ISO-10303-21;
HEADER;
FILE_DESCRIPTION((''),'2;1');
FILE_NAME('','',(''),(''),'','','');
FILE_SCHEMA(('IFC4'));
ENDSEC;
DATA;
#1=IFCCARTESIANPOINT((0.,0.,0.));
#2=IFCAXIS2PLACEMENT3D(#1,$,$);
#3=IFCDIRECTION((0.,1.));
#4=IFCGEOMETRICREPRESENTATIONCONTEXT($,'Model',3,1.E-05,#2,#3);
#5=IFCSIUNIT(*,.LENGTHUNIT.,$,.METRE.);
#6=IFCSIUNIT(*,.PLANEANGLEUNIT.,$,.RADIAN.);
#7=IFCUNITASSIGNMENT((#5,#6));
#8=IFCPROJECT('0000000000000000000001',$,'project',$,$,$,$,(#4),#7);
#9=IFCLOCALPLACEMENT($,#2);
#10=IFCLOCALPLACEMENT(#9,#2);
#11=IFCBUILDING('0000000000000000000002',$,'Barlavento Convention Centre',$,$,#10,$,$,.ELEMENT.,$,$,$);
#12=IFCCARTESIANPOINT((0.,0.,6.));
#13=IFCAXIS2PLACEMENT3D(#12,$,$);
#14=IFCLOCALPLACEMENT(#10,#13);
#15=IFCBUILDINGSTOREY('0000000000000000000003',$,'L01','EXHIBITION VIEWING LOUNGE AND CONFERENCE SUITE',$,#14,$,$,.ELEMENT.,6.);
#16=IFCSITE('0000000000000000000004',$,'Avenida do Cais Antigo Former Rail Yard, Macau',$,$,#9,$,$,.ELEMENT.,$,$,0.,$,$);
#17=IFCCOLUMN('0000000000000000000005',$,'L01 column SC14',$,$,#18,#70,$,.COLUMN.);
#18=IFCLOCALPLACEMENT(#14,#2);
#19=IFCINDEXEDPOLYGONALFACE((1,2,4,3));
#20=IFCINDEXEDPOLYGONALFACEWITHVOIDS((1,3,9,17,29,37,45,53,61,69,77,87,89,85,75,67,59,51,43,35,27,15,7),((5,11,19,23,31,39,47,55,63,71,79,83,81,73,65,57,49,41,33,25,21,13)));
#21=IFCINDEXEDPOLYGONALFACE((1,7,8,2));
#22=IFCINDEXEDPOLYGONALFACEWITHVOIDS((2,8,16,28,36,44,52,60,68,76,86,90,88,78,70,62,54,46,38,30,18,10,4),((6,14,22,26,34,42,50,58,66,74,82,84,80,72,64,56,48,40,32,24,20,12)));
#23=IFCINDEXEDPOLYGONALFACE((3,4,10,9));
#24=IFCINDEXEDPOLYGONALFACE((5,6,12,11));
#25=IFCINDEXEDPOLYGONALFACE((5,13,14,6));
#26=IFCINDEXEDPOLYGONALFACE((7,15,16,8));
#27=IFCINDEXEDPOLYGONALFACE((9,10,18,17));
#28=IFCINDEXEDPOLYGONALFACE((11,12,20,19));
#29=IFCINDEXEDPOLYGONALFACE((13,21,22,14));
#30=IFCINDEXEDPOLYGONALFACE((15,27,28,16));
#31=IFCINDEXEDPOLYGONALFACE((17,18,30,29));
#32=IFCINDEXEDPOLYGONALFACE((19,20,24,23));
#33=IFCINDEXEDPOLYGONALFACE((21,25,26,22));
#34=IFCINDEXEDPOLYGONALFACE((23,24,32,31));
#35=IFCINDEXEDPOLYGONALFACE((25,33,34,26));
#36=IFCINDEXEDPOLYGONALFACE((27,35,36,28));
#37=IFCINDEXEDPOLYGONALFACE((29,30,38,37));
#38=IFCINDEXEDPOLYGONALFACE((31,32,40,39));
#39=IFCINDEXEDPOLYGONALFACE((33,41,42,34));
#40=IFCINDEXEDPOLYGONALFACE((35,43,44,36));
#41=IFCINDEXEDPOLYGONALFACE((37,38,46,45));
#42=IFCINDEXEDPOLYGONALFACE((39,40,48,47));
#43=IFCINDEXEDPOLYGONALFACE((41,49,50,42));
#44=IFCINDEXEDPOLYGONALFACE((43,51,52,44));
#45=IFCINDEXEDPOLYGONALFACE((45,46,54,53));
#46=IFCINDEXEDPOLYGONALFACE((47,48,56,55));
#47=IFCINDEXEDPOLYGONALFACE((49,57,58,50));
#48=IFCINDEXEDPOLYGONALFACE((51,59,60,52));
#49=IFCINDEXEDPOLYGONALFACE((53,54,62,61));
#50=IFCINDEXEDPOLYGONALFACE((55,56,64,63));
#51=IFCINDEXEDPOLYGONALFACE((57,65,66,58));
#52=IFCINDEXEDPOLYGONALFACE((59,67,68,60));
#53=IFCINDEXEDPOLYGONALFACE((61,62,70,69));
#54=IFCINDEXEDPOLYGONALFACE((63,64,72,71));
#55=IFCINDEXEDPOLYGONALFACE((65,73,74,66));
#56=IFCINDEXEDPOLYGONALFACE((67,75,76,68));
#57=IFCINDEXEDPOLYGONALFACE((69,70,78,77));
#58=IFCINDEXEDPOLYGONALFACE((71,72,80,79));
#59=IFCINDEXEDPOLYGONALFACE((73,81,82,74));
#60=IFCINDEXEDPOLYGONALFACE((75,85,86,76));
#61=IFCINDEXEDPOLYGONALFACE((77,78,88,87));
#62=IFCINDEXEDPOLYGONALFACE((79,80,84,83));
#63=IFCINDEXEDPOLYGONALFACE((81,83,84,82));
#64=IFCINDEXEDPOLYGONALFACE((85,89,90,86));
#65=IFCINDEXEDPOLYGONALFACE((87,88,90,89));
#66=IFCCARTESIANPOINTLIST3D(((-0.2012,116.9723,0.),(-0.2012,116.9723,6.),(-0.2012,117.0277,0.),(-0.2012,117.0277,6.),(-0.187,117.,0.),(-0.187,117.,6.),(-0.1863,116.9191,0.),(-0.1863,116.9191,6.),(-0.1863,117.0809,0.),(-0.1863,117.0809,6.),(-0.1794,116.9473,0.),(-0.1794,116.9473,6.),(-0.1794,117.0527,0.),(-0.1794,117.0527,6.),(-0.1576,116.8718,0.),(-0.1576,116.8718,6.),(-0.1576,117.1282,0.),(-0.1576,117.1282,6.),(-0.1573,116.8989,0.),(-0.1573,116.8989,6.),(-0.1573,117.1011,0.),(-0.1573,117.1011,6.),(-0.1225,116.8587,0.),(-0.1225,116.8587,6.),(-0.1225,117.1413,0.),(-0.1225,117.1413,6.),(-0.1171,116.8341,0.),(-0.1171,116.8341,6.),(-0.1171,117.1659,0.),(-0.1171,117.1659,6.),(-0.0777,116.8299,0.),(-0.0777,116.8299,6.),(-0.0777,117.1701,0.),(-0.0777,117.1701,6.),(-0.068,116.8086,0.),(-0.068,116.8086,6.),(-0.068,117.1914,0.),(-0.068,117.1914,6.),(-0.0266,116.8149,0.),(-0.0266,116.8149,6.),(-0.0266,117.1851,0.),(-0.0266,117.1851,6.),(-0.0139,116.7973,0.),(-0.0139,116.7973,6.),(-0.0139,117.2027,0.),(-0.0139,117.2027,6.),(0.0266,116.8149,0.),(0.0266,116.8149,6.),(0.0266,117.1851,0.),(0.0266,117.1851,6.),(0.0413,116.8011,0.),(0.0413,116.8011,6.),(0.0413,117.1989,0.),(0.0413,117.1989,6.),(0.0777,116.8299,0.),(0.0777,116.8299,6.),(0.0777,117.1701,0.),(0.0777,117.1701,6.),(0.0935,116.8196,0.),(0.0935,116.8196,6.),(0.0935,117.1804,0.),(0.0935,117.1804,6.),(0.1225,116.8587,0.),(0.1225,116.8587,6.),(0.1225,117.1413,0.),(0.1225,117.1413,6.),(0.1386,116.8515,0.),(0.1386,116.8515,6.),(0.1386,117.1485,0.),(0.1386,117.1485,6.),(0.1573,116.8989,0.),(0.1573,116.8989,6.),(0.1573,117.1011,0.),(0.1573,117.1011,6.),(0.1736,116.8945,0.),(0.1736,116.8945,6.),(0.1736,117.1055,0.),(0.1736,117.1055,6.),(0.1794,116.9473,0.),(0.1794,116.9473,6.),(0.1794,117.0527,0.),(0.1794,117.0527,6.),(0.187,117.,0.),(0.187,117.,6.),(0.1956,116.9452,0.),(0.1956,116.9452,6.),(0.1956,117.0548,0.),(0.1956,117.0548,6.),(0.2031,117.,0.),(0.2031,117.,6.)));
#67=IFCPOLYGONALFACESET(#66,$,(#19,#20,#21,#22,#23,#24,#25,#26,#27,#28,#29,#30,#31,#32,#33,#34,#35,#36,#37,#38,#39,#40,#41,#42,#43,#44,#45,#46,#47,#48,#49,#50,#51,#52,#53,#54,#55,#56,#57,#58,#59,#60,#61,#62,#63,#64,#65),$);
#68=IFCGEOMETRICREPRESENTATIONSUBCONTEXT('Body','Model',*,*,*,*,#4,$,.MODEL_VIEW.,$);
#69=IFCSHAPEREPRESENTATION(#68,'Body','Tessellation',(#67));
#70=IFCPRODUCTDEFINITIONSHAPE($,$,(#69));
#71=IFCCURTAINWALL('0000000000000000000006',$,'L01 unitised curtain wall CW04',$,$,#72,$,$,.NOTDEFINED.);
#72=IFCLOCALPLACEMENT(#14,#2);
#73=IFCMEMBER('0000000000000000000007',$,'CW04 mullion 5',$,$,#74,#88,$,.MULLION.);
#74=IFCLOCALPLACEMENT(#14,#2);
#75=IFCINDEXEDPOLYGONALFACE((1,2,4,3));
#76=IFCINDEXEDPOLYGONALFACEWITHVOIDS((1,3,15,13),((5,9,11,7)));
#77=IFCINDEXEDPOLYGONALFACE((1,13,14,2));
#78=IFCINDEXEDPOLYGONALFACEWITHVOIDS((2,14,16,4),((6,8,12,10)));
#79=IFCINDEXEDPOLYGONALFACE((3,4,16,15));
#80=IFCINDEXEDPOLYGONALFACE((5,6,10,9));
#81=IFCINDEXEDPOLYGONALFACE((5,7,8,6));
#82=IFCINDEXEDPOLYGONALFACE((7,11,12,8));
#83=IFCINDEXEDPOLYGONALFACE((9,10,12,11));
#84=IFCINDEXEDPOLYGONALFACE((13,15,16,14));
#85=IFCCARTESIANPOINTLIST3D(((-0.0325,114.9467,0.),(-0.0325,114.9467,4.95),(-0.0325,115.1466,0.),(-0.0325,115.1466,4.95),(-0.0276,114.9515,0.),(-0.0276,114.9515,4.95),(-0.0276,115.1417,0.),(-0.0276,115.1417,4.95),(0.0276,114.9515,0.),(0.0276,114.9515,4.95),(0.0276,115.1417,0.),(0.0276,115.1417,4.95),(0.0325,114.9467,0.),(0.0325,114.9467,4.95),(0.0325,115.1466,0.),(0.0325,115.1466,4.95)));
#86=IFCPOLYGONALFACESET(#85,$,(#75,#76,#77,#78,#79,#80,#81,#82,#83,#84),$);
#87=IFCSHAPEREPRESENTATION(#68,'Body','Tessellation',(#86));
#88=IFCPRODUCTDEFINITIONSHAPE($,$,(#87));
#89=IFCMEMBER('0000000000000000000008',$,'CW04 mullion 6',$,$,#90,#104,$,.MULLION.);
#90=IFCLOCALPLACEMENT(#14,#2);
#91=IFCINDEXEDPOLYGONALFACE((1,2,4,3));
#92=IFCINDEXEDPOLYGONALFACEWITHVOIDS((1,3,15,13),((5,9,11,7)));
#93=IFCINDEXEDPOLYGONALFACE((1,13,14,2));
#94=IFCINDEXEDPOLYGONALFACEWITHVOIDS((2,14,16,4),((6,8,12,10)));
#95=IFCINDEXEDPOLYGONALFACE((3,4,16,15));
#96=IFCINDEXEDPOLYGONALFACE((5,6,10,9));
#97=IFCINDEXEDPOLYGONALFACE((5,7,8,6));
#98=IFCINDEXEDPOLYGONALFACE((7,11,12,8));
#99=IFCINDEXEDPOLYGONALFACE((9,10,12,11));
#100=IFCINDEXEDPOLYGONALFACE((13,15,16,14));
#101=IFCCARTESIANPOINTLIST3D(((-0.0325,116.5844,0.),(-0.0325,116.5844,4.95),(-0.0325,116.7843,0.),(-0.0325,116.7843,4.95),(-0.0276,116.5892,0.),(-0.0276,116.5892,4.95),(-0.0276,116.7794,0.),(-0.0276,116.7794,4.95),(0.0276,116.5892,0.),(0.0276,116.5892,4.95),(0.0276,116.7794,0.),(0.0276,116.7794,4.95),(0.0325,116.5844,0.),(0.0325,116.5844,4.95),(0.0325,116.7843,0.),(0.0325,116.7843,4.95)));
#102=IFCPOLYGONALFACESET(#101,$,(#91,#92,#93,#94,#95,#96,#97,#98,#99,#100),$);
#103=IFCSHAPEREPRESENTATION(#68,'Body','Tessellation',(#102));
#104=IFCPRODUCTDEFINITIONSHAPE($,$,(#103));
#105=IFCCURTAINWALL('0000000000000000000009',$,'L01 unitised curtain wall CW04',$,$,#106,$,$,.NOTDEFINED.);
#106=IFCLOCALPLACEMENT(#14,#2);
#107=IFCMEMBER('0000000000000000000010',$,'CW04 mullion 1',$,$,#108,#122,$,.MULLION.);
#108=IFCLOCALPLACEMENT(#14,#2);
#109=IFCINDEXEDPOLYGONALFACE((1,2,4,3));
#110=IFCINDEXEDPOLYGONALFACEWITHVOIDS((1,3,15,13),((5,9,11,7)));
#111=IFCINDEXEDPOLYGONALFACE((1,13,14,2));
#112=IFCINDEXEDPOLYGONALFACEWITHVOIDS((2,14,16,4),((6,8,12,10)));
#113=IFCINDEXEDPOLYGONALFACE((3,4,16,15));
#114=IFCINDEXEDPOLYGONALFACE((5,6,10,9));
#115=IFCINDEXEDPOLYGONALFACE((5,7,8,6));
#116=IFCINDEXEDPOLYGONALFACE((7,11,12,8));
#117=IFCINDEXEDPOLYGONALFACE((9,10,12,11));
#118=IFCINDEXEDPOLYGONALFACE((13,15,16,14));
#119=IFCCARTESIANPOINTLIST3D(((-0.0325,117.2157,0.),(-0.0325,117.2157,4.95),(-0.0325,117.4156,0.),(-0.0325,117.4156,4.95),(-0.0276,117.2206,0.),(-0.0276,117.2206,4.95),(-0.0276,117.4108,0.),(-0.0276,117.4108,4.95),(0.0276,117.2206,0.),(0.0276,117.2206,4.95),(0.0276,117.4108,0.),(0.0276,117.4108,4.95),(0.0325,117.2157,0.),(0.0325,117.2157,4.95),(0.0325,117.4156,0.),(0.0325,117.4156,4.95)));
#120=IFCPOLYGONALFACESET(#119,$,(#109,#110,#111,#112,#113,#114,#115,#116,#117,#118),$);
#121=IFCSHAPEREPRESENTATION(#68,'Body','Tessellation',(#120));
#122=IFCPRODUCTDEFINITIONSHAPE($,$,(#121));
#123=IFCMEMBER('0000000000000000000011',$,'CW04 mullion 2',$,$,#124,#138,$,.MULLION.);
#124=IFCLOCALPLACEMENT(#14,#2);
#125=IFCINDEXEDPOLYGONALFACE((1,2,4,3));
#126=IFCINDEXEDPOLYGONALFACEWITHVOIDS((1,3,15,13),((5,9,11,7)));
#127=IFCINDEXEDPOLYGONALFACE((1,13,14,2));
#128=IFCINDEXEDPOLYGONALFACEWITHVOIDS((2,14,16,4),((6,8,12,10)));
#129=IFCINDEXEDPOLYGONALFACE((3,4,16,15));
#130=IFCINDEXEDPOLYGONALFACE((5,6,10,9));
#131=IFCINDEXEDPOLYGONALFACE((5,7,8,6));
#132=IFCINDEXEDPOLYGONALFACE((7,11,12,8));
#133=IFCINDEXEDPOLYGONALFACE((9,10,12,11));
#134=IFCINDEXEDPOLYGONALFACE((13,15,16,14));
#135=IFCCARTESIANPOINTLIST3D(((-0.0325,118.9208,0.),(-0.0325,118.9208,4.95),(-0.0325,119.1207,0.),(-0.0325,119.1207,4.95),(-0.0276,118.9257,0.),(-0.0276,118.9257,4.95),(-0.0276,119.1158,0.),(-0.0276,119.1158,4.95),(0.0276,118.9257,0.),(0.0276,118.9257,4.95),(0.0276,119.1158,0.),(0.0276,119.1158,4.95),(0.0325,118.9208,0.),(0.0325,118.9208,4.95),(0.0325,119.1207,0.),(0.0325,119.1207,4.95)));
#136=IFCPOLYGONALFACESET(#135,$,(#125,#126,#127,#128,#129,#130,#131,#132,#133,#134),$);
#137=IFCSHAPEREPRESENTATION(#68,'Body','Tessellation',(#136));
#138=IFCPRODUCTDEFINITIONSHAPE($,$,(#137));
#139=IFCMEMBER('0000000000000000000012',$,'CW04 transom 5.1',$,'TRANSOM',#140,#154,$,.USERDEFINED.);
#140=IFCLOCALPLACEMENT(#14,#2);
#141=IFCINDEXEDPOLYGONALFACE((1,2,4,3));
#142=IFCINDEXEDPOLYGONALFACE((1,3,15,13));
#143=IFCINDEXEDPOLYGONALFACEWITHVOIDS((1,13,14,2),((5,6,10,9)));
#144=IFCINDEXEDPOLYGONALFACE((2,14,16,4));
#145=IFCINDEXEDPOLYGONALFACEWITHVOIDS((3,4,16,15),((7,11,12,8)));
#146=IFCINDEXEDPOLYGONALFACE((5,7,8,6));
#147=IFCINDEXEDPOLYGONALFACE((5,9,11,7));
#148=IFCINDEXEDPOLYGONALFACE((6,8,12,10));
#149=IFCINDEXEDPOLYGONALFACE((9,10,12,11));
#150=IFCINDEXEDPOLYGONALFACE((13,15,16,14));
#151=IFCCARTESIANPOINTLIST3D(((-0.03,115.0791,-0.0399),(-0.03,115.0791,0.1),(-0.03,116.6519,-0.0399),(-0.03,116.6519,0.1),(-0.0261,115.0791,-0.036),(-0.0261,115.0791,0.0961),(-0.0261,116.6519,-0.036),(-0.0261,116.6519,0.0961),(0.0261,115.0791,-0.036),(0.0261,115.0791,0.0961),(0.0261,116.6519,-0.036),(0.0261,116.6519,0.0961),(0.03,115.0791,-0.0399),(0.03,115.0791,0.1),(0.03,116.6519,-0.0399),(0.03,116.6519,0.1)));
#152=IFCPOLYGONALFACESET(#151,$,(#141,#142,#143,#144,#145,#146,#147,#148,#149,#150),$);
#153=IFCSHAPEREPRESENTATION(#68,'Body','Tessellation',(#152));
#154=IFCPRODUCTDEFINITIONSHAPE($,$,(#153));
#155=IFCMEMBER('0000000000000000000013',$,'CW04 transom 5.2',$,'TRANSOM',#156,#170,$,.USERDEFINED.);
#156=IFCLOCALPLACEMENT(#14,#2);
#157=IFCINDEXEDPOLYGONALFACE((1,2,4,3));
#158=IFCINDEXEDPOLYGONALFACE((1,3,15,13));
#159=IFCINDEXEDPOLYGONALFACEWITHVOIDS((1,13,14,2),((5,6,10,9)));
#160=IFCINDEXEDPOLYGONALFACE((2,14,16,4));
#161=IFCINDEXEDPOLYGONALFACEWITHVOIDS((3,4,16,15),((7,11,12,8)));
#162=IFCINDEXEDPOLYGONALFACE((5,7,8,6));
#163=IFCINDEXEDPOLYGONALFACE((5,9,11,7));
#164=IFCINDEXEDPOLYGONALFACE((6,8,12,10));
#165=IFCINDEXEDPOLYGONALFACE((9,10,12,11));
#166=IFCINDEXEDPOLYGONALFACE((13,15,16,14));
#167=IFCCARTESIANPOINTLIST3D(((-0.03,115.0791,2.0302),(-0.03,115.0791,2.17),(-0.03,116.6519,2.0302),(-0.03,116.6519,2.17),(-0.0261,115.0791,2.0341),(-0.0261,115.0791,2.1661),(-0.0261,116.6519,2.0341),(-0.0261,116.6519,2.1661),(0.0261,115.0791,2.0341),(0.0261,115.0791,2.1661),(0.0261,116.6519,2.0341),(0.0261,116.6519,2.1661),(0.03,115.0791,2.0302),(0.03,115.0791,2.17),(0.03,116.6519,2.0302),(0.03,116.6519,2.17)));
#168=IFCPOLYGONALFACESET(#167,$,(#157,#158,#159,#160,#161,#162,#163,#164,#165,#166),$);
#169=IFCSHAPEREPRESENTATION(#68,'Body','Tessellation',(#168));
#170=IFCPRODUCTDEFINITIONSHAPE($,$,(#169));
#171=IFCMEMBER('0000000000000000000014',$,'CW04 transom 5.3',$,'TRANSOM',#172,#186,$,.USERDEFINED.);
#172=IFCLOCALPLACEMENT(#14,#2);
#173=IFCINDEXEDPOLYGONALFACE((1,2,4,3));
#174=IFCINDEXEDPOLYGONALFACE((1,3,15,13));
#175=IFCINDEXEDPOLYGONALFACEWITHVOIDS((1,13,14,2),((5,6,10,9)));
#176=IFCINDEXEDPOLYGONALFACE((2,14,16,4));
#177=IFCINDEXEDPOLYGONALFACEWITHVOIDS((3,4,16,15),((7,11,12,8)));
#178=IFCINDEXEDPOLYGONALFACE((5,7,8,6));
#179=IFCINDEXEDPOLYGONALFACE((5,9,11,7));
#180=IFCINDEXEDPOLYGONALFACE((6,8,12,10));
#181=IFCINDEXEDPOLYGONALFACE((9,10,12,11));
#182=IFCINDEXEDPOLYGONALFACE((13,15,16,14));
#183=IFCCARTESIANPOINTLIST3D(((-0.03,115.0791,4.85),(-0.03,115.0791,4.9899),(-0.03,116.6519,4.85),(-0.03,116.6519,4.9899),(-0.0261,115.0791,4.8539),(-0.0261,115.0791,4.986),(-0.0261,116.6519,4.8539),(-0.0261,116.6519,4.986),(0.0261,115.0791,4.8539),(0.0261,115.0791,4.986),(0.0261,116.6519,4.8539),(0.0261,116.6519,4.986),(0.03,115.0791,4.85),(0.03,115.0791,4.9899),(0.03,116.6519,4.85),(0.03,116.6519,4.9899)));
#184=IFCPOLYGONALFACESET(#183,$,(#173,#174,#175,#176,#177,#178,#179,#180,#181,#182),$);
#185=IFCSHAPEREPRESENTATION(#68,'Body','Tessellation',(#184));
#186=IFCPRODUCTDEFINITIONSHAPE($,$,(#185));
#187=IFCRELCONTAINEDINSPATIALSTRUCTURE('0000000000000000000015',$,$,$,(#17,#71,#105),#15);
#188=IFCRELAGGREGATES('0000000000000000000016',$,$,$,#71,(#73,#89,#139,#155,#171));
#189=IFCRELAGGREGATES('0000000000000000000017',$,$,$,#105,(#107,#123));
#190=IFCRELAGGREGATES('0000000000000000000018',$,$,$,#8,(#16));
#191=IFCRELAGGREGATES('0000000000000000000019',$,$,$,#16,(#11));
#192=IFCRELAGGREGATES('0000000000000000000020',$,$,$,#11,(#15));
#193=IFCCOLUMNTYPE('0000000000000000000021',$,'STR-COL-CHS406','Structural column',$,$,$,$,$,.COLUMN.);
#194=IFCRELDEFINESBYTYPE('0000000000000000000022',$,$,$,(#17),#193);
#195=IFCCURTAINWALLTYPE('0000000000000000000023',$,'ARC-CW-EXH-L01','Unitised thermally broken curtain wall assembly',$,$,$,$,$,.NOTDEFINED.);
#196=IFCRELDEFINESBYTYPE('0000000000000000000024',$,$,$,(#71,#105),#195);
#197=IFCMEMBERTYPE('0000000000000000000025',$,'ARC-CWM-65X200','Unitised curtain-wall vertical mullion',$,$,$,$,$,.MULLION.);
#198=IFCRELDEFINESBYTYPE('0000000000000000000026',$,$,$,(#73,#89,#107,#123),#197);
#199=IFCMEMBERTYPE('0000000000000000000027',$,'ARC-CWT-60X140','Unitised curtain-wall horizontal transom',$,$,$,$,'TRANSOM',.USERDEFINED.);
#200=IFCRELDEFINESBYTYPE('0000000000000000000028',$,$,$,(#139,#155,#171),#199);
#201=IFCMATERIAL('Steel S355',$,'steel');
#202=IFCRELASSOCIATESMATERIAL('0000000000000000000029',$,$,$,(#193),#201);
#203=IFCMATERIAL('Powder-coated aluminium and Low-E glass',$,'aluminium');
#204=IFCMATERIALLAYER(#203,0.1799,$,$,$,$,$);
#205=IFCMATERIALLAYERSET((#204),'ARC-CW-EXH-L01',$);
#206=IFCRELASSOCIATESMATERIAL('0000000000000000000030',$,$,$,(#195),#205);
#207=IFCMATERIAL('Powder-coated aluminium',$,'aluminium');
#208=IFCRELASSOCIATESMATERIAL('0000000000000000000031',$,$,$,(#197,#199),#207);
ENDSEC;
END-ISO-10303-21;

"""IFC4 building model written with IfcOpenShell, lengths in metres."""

from ifc_helpers import new_model, si_unit, direction, frame, origin, origin_2d, place, context, subcontext, project, spatial, hollow_rectangle, hollow_circle, extrude, material, layer, layer_set, material_profile, profile_set, type_object, element, aggregate, save


model = new_model("IFC4")

# Units and contexts
model_context = context("Model", 3, precision=1e-05, world=origin(), true_north=direction((0.0, 1.0)))
body_context = subcontext(model_context, "Body", "Model", "MODEL_VIEW")
ifc_project = project(units=[si_unit("LENGTHUNIT", "METRE"), si_unit("PLANEANGLEUNIT", "RADIAN")], contexts=[model_context])

# Site, building, storey
site_placement = place(None, origin())
site = spatial("IfcSite", under=ifc_project, at=site_placement, Name="Avenida do Cais Antigo Former Rail Yard, Macau", CompositionType="ELEMENT", RefElevation=0.0)
building_placement = place(site_placement, origin())
building = spatial("IfcBuilding", under=site, at=building_placement, Name="Barlavento Convention Centre", CompositionType="ELEMENT")
storey_placement = place(building_placement, frame((0.0, 0.0, 6.0)))
storey = spatial("IfcBuildingStorey", under=building, at=storey_placement, Name="L01", Description="EXHIBITION VIEWING LOUNGE AND CONFERENCE SUITE", CompositionType="ELEMENT", Elevation=6.0)

# Column
ifc_material_1 = material(Name="Steel S355", Category="steel")
ifc_material_profile_1 = material_profile(ifc_material_1, hollow_circle(Radius=0.2031, WallThickness=0.0161, at=origin_2d()), Name="CHS 406.4x16.0")
ifc_profile_set_1 = profile_set([ifc_material_profile_1], Name="Steel S355")
column_type = type_object("IfcColumnType", Name="STR-COL-CHS406", Description="Structural column", PredefinedType="COLUMN", material=ifc_profile_set_1)
column_placement = place(storey_placement, frame((0.0, 117.0, 0.0), z_axis=(0.0, 0.0, 1.0), x_axis=(1.0, 0.0, 0.0)))
element("IfcColumn", 1, at=column_placement, inside=storey, type_object=column_type, Name="L01 column SC14", PredefinedType="COLUMN", context=body_context, shape_type="SweptSolid", body=[
    extrude(hollow_circle(Radius=0.2031, WallThickness=0.0161, at=origin_2d()), origin(), (0.0, 0.0, 1.0), 6.0),
])

# Curtain walls, members
ifc_material_2 = material(Name="Powder-coated aluminium and Low-E glass", Category="aluminium")
ifc_layer_1 = layer(ifc_material_2, 0.1799)
ifc_layer_set_1 = layer_set([ifc_layer_1], Name="ARC-CW-EXH-L01")
curtain_wall_type = type_object("IfcCurtainWallType", Name="ARC-CW-EXH-L01", Description="Unitised thermally broken curtain wall assembly", PredefinedType="NOTDEFINED", material=ifc_layer_set_1)
curtain_wall_1_placement = place(storey_placement, origin())
curtain_wall_1 = element("IfcCurtainWall", 2, at=curtain_wall_1_placement, inside=storey, type_object=curtain_wall_type, Name="L01 unitised curtain wall CW04", PredefinedType="NOTDEFINED")
ifc_material_3 = material(Name="Powder-coated aluminium", Category="aluminium")
ifc_material_profile_2 = material_profile(ifc_material_3, hollow_rectangle(XDim=0.0649, YDim=0.2, WallThickness=0.0049, at=origin_2d()), Name="AL-MULL 65x200x5")
ifc_profile_set_2 = profile_set([ifc_material_profile_2], Name="Powder-coated aluminium")
member_type_1 = type_object("IfcMemberType", Name="ARC-CWM-65X200", Description="Unitised curtain-wall vertical mullion", PredefinedType="MULLION", material=ifc_profile_set_2)
member_1_placement = place(storey_placement, frame((0.0, 115.0466, 0.0), z_axis=(0.0, 0.0, 1.0), x_axis=(-1.0, 0.0, 0.0)))
member_1 = element("IfcMember", 3, at=member_1_placement, type_object=member_type_1, Name="CW04 mullion 5", PredefinedType="MULLION", context=body_context, shape_type="SweptSolid", body=[
    extrude(hollow_rectangle(XDim=0.0649, YDim=0.2, WallThickness=0.0049, at=origin_2d()), origin(), (0.0, 0.0, 1.0), 4.95),
])
member_2_placement = place(storey_placement, frame((0.0, 116.6843, 0.0), z_axis=(0.0, 0.0, 1.0), x_axis=(-1.0, 0.0, 0.0)))
member_2 = element("IfcMember", 4, at=member_2_placement, type_object=member_type_1, Name="CW04 mullion 6", PredefinedType="MULLION", context=body_context, shape_type="SweptSolid", body=[
    extrude(hollow_rectangle(XDim=0.0649, YDim=0.2, WallThickness=0.0049, at=origin_2d()), origin(), (0.0, 0.0, 1.0), 4.95),
])
curtain_wall_2_placement = place(storey_placement, origin())
curtain_wall_2 = element("IfcCurtainWall", 5, at=curtain_wall_2_placement, inside=storey, type_object=curtain_wall_type, Name="L01 unitised curtain wall CW04", PredefinedType="NOTDEFINED")
member_3_placement = place(storey_placement, frame((0.0, 117.3157, 0.0), z_axis=(0.0, 0.0, 1.0), x_axis=(-1.0, 0.0, 0.0)))
member_3 = element("IfcMember", 6, at=member_3_placement, type_object=member_type_1, Name="CW04 mullion 1", PredefinedType="MULLION", context=body_context, shape_type="SweptSolid", body=[
    extrude(hollow_rectangle(XDim=0.0649, YDim=0.2, WallThickness=0.0049, at=origin_2d()), origin(), (0.0, 0.0, 1.0), 4.95),
])
member_4_placement = place(storey_placement, frame((0.0, 119.0208, 0.0), z_axis=(0.0, 0.0, 1.0), x_axis=(-1.0, 0.0, 0.0)))
member_4 = element("IfcMember", 7, at=member_4_placement, type_object=member_type_1, Name="CW04 mullion 2", PredefinedType="MULLION", context=body_context, shape_type="SweptSolid", body=[
    extrude(hollow_rectangle(XDim=0.0649, YDim=0.2, WallThickness=0.0049, at=origin_2d()), origin(), (0.0, 0.0, 1.0), 4.95),
])

# Members
ifc_material_profile_3 = material_profile(ifc_material_3, hollow_rectangle(XDim=0.0601, YDim=0.1399, WallThickness=0.0039, at=origin_2d()), Name="AL-TRAN 60x140x4")
ifc_profile_set_3 = profile_set([ifc_material_profile_3], Name="Powder-coated aluminium")
member_type_2 = type_object("IfcMemberType", Name="ARC-CWT-60X140", Description="Unitised curtain-wall horizontal transom", ElementType="TRANSOM", PredefinedType="USERDEFINED", material=ifc_profile_set_3)
member_5_placement = place(storey_placement, frame((0.0, 115.0791, 0.03), z_axis=(0.0, 1.0, 0.0), x_axis=(-1.0, 0.0, 0.0)))
member_5 = element("IfcMember", 8, at=member_5_placement, type_object=member_type_2, Name="CW04 transom 5.1", ObjectType="TRANSOM", PredefinedType="USERDEFINED", context=body_context, shape_type="SweptSolid", body=[
    extrude(hollow_rectangle(XDim=0.0601, YDim=0.1399, WallThickness=0.0039, at=origin_2d()), origin(), (0.0, 0.0, 1.0), 1.5728),
])
member_6_placement = place(storey_placement, frame((0.0, 115.0791, 2.1001), z_axis=(0.0, 1.0, 0.0), x_axis=(-1.0, 0.0, 0.0)))
member_6 = element("IfcMember", 9, at=member_6_placement, type_object=member_type_2, Name="CW04 transom 5.2", ObjectType="TRANSOM", PredefinedType="USERDEFINED", context=body_context, shape_type="SweptSolid", body=[
    extrude(hollow_rectangle(XDim=0.0601, YDim=0.1399, WallThickness=0.0039, at=origin_2d()), origin(), (0.0, 0.0, 1.0), 1.5728),
])
member_7_placement = place(storey_placement, frame((0.0, 115.0791, 4.9199), z_axis=(0.0, 1.0, 0.0), x_axis=(-1.0, 0.0, 0.0)))
member_7 = element("IfcMember", 10, at=member_7_placement, type_object=member_type_2, Name="CW04 transom 5.3", ObjectType="TRANSOM", PredefinedType="USERDEFINED", context=body_context, shape_type="SweptSolid", body=[
    extrude(hollow_rectangle(XDim=0.0601, YDim=0.1399, WallThickness=0.0039, at=origin_2d()), origin(), (0.0, 0.0, 1.0), 1.5728),
])

aggregate(curtain_wall_1, [member_1, member_2, member_5, member_6, member_7])
aggregate(curtain_wall_2, [member_3, member_4])

save(model, "model.ifc")
